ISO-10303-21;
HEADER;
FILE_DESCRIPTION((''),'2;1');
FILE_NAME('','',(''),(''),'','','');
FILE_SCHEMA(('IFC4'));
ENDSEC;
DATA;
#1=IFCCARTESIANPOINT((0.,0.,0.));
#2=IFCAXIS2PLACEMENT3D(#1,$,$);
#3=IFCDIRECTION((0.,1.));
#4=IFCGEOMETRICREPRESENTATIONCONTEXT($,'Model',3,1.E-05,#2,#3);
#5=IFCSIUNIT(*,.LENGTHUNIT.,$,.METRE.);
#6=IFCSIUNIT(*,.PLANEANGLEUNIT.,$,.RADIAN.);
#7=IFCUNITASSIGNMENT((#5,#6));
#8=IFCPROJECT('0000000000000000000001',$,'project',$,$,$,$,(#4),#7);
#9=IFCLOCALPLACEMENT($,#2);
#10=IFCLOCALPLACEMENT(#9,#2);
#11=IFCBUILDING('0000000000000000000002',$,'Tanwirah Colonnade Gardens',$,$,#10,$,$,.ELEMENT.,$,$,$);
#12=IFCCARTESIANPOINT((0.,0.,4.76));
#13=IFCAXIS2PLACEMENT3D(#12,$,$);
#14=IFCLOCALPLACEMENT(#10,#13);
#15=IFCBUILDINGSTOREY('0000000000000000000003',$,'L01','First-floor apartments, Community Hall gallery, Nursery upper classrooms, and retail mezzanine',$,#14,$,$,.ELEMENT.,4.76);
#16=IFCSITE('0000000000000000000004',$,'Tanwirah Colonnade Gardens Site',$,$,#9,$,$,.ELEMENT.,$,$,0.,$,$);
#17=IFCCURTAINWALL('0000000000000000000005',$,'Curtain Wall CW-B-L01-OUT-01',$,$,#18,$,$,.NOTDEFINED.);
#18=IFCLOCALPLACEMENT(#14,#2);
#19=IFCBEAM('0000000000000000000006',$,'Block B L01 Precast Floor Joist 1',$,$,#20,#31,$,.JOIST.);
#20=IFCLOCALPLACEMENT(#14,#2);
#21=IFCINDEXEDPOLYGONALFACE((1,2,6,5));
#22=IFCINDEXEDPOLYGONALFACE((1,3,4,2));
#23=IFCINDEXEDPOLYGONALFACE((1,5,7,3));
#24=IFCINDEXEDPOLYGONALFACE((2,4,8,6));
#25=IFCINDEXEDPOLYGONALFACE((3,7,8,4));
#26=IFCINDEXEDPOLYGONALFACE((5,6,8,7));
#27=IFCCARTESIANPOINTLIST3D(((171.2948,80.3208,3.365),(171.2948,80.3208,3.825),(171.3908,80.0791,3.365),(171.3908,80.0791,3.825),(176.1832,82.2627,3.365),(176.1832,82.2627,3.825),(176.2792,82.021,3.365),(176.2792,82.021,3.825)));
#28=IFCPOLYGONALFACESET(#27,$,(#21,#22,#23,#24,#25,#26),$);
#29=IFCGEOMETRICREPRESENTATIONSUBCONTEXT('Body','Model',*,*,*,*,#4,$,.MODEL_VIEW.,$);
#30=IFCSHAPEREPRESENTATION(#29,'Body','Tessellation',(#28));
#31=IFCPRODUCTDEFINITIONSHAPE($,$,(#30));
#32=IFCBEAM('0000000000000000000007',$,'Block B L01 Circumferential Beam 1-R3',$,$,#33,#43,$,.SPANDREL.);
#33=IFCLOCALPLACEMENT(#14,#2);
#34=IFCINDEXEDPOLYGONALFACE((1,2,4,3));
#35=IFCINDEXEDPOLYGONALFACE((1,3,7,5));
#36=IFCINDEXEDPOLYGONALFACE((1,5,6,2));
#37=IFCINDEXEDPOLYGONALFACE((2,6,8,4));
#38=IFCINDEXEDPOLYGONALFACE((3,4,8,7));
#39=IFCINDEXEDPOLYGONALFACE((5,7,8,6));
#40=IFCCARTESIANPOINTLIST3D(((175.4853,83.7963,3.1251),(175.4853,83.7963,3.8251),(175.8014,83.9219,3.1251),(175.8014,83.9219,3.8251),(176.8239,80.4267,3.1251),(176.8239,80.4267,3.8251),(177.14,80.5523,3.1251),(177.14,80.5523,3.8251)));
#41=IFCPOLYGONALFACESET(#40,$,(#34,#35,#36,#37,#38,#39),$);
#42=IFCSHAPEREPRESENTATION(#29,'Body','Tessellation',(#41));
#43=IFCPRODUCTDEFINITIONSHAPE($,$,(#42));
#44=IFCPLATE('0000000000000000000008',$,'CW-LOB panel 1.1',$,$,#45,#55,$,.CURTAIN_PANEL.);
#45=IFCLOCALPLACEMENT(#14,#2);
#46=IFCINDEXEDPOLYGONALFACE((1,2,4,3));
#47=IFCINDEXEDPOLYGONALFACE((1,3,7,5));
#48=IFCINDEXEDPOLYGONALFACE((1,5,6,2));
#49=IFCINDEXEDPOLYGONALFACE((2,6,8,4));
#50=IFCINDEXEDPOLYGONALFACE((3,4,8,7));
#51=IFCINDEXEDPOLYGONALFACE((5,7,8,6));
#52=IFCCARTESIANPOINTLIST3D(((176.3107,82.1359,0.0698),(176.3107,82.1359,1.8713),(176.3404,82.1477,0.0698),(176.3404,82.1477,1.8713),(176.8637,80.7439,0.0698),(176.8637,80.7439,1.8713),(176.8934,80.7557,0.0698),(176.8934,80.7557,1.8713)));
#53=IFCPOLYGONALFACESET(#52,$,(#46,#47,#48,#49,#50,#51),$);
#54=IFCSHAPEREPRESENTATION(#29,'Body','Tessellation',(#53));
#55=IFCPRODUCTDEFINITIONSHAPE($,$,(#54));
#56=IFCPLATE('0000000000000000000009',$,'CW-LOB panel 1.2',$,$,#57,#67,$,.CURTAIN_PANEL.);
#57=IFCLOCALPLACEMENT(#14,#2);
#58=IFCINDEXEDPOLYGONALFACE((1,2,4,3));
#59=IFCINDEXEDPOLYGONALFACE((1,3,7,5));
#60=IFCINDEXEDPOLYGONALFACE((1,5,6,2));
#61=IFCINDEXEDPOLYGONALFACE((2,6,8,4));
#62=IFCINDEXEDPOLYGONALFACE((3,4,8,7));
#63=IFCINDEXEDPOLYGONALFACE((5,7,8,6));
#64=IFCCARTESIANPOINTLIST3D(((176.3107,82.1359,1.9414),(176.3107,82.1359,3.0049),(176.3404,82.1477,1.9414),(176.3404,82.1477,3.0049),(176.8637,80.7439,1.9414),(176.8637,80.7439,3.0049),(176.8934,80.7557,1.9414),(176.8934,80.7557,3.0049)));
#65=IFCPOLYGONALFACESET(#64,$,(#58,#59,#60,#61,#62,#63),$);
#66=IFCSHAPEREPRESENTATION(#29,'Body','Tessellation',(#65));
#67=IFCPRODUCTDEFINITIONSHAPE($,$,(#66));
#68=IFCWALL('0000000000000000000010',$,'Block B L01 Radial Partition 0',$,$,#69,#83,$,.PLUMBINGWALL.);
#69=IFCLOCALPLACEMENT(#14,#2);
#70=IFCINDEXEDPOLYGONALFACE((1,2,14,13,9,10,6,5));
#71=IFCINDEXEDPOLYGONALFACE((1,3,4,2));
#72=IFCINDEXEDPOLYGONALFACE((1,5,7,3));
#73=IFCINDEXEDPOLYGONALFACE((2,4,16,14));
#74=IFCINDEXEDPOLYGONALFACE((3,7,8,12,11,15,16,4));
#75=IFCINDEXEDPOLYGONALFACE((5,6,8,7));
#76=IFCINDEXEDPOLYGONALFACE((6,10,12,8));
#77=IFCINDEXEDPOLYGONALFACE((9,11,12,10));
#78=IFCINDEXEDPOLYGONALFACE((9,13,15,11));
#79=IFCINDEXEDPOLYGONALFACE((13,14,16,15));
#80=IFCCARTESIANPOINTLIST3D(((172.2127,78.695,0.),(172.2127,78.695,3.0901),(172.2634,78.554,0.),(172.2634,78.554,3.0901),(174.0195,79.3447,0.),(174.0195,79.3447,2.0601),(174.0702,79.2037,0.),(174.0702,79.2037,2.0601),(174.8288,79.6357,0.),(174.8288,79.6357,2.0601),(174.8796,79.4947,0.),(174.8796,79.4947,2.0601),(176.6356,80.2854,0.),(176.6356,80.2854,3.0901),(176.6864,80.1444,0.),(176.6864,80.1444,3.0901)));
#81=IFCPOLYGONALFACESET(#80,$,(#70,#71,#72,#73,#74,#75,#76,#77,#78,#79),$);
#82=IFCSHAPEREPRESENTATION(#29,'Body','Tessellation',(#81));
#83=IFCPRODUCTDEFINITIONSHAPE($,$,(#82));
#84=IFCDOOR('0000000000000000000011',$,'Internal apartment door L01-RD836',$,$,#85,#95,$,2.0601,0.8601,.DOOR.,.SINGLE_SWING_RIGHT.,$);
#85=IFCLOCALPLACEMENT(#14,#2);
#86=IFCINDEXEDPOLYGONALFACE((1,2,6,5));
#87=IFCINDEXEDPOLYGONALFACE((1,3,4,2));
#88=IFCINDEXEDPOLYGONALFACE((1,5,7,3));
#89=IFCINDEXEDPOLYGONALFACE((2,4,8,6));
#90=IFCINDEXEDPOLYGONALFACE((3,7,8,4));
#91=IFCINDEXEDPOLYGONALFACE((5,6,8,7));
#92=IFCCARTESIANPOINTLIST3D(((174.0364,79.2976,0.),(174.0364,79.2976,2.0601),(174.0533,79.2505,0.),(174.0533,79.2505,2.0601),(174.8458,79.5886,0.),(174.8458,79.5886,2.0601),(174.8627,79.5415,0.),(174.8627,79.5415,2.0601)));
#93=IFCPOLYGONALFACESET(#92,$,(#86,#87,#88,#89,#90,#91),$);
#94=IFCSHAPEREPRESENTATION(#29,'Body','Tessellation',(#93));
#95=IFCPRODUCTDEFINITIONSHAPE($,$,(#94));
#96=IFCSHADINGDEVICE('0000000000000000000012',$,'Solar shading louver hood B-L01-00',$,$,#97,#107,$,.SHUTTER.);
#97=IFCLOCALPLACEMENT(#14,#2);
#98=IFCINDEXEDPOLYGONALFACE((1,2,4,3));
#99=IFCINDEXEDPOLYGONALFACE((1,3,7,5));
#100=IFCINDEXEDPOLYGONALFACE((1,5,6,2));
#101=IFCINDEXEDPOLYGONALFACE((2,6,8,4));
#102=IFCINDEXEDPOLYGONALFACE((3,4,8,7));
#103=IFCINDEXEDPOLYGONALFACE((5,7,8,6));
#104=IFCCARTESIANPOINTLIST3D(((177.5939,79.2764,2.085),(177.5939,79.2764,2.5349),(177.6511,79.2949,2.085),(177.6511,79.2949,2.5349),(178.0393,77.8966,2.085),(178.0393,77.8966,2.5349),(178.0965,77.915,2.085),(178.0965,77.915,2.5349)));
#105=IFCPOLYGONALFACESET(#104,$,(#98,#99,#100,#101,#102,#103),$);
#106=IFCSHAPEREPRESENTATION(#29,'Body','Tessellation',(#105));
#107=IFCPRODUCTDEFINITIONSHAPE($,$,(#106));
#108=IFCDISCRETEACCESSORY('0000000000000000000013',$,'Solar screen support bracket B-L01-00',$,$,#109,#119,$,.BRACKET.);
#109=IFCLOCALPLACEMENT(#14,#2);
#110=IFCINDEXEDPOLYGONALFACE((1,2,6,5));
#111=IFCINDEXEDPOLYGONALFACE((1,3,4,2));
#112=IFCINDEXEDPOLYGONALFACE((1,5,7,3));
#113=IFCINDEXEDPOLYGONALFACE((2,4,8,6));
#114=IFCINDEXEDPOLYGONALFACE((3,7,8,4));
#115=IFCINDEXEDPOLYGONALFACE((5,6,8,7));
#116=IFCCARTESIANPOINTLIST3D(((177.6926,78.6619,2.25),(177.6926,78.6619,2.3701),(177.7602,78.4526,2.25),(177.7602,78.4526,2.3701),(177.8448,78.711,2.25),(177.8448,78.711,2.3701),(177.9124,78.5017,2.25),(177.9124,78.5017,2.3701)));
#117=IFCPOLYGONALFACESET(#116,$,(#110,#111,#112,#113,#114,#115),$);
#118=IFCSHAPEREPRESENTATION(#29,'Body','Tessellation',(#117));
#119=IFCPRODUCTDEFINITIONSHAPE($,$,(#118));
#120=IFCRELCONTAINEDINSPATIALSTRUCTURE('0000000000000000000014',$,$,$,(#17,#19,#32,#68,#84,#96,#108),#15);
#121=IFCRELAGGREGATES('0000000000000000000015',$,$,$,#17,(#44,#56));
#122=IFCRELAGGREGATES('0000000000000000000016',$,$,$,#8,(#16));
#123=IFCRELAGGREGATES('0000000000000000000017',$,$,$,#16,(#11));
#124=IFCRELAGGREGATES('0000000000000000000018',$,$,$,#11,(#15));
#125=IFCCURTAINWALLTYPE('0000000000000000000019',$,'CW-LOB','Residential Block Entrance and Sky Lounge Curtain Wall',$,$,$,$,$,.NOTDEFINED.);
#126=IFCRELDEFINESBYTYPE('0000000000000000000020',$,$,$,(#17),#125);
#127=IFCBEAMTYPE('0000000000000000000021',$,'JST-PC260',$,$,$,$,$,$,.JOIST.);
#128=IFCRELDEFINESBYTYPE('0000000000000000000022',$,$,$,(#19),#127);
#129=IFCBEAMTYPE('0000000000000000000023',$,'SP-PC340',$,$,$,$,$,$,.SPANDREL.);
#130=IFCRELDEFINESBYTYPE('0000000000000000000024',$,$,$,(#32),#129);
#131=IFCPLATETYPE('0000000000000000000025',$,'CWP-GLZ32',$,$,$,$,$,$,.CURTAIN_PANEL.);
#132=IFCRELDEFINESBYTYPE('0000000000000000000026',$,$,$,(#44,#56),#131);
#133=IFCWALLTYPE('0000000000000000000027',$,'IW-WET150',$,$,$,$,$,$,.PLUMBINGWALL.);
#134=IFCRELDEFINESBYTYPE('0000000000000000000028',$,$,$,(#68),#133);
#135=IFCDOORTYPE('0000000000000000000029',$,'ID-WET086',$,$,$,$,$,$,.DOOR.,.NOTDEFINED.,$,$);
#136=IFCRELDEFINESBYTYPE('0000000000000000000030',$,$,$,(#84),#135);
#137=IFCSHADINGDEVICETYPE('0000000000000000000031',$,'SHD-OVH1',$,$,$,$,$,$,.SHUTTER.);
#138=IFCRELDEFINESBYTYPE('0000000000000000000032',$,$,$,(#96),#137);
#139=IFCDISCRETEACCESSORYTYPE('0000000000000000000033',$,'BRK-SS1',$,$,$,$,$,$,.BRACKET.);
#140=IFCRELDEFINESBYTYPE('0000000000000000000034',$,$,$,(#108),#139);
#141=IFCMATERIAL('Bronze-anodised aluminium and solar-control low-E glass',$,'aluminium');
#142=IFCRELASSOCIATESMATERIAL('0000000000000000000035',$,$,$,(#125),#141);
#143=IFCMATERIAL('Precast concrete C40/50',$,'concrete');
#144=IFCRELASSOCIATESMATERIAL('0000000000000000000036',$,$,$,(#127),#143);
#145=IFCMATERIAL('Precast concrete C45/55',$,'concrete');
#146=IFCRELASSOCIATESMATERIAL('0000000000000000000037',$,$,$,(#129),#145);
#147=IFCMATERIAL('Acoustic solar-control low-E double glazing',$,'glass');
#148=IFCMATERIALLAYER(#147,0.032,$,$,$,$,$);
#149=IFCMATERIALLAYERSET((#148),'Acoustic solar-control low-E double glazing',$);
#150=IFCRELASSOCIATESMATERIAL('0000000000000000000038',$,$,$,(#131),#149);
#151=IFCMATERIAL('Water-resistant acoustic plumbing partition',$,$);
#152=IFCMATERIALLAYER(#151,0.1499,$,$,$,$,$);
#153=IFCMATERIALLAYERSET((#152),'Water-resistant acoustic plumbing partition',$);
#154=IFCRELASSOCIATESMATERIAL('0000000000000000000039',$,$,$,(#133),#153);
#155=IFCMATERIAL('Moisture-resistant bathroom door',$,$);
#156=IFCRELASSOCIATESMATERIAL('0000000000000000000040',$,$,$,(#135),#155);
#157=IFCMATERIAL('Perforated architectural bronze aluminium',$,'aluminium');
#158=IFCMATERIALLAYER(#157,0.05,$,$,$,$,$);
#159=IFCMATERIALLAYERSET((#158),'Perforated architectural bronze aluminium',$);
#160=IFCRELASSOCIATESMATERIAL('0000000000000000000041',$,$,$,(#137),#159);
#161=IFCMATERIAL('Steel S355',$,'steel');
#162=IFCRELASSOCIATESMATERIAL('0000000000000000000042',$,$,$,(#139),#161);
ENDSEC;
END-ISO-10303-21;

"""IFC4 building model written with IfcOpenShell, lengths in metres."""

from ifc_helpers import new_model, si_unit, direction, frame, frame_2d, origin, origin_2d, place, context, subcontext, project, spatial, rectangle, extrude, material, layer, layer_set, material_profile, profile_set, type_object, element, fill, aggregate, save


model = new_model("IFC4")

# Units and contexts
model_context = context("Model", 3, precision=1e-05, world=origin(), true_north=direction((0.0, 1.0)))
body_context = subcontext(model_context, "Body", "Model", "MODEL_VIEW")
ifc_project = project(units=[si_unit("LENGTHUNIT", "METRE"), si_unit("PLANEANGLEUNIT", "RADIAN")], contexts=[model_context])

# Site, building, storey
site_placement = place(None, origin())
site = spatial("IfcSite", under=ifc_project, at=site_placement, Name="Tanwirah Colonnade Gardens Site", CompositionType="ELEMENT", RefElevation=0.0)
building_placement = place(site_placement, origin())
building = spatial("IfcBuilding", under=site, at=building_placement, Name="Tanwirah Colonnade Gardens", CompositionType="ELEMENT")
storey_placement = place(building_placement, frame((0.0, 0.0, 4.76)))
storey = spatial("IfcBuildingStorey", under=building, at=storey_placement, Name="L01", Description="First-floor apartments, Community Hall gallery, Nursery upper classrooms, and retail mezzanine", CompositionType="ELEMENT", Elevation=4.76)

# Shared definitions
ifc_material_1 = material(Name="Precast concrete C45/55", Category="concrete")

# Shared definitions
ifc_material_2 = material(Name="Precast concrete C40/50", Category="concrete")

# Curtain wall
ifc_material_3 = material(Name="Bronze-anodised aluminium and solar-control low-E glass", Category="aluminium")
curtain_wall_type = type_object("IfcCurtainWallType", Name="CW-LOB", Description="Residential Block Entrance and Sky Lounge Curtain Wall", PredefinedType="NOTDEFINED", material=ifc_material_3)
curtain_wall_placement = place(storey_placement, origin())
curtain_wall = element("IfcCurtainWall", 1, at=curtain_wall_placement, inside=storey, type_object=curtain_wall_type, Name="Curtain Wall CW-B-L01-OUT-01", PredefinedType="NOTDEFINED")

# Beams
ifc_material_profile_1 = material_profile(ifc_material_2, rectangle(XDim=0.26, YDim=0.46, at=origin_2d()), Name="PC-JST 260x460")
ifc_profile_set_1 = profile_set([ifc_material_profile_1], Name="Precast concrete C40/50")
beam_type_1 = type_object("IfcBeamType", Name="JST-PC260", PredefinedType="JOIST", material=ifc_profile_set_1)
beam_1_placement = place(storey_placement, frame((171.3428, 80.2, 3.595), z_axis=(0.929358, 0.369181, 0.0), x_axis=(-0.369181, 0.929358, 0.0)))
element("IfcBeam", 2, at=beam_1_placement, inside=storey, type_object=beam_type_1, Name="Block B L01 Precast Floor Joist 1", PredefinedType="JOIST", context=body_context, shape_type="SweptSolid", body=[
    extrude(rectangle(XDim=0.26, YDim=0.46, at=origin_2d()), origin(), (0.0, 0.0, 1.0), 5.26),
])
ifc_material_profile_2 = material_profile(ifc_material_1, rectangle(XDim=0.3401, YDim=0.7, at=origin_2d()), Name="PC-SP 340x700")
ifc_profile_set_2 = profile_set([ifc_material_profile_2], Name="Precast concrete C45/55")
beam_type_2 = type_object("IfcBeamType", Name="SP-PC340", PredefinedType="SPANDREL", material=ifc_profile_set_2)
beam_2_placement = place(storey_placement, frame((176.9819, 80.4895, 3.4751), z_axis=(-0.369195, 0.929352, 0.0), x_axis=(-0.929352, -0.369195, 0.0)))
element("IfcBeam", 3, at=beam_2_placement, inside=storey, type_object=beam_type_2, Name="Block B L01 Circumferential Beam 1-R3", PredefinedType="SPANDREL", context=body_context, shape_type="SweptSolid", body=[
    extrude(rectangle(XDim=0.3401, YDim=0.7, at=origin_2d()), origin(), (0.0, 0.0, 1.0), 3.6257),
])

# Plates
ifc_material_4 = material(Name="Acoustic solar-control low-E double glazing", Category="glass")
ifc_layer_1 = layer(ifc_material_4, 0.032)
ifc_layer_set_1 = layer_set([ifc_layer_1], Name="Acoustic solar-control low-E double glazing")
plate_type = type_object("IfcPlateType", Name="CWP-GLZ32", PredefinedType="CURTAIN_PANEL", material=ifc_layer_set_1)
plate_1_placement = place(storey_placement, frame((176.6021, 81.4458, 0.0698), z_axis=(0.0, 0.0, 1.0), x_axis=(-0.369206, 0.929348, 0.0)))
plate_1 = element("IfcPlate", 4, at=plate_1_placement, type_object=plate_type, Name="CW-LOB panel 1.1", PredefinedType="CURTAIN_PANEL", context=body_context, shape_type="SweptSolid", body=[
    extrude(rectangle(XDim=1.4978, YDim=0.032, at=origin_2d()), origin(), (0.0, 0.0, 1.0), 1.8015),
])
plate_2_placement = place(storey_placement, frame((176.6021, 81.4458, 1.9414), z_axis=(0.0, 0.0, 1.0), x_axis=(-0.369206, 0.929348, 0.0)))
plate_2 = element("IfcPlate", 5, at=plate_2_placement, type_object=plate_type, Name="CW-LOB panel 1.2", PredefinedType="CURTAIN_PANEL", context=body_context, shape_type="SweptSolid", body=[
    extrude(rectangle(XDim=1.4978, YDim=0.032, at=origin_2d()), origin(), (0.0, 0.0, 1.0), 1.0635),
])
aggregate(curtain_wall, [plate_1, plate_2])

# Wall, opening, door
ifc_material_5 = material(Name="Water-resistant acoustic plumbing partition")
ifc_layer_2 = layer(ifc_material_5, 0.1499)
ifc_layer_set_2 = layer_set([ifc_layer_2], Name="Water-resistant acoustic plumbing partition")
wall_type_1 = type_object("IfcWallType", Name="IW-WET150", PredefinedType="PLUMBINGWALL", material=ifc_layer_set_2)
wall_1_placement = place(storey_placement, frame((172.238, 78.6245, 0.0), z_axis=(0.0, 0.0, 1.0), x_axis=(0.941016, 0.338363, 0.0)))
wall_1 = element("IfcWall", 6, at=wall_1_placement, inside=storey, type_object=wall_type_1, Name="Block B L01 Radial Partition 0", PredefinedType="PLUMBINGWALL", context=body_context, shape_type="SweptSolid", body=[
    extrude(rectangle(XDim=4.7002, YDim=0.1499, at=frame_2d((2.3501, 0.0))), origin(), (0.0, 0.0, 1.0), 3.0901),
])
opening_1_placement = place(wall_1_placement, frame((1.9199, 0.0, 0.0)))
opening_1 = element("IfcOpeningElement", 7, at=opening_1_placement, cuts=wall_1, PredefinedType="OPENING", context=body_context, shape_type="SweptSolid", body=[
    extrude(rectangle(XDim=0.8601, YDim=2.0601, at=frame_2d((0.4302, 1.03))), frame((0.0, 0.085, 0.0), z_axis=(0.0, -1.0, 0.0), x_axis=(1.0, 0.0, 0.0)), (0.0, 0.0, 1.0), 0.1699),
])
ifc_material_6 = material(Name="Moisture-resistant bathroom door")
door_type_1 = type_object("IfcDoorType", Name="ID-WET086", OperationType="NOTDEFINED", PredefinedType="DOOR", material=ifc_material_6)
door_1_placement = place(opening_1_placement, origin())
door_1 = element("IfcDoor", 8, at=door_1_placement, inside=storey, type_object=door_type_1, Name="Internal apartment door L01-RD836", OperationType="SINGLE_SWING_RIGHT", OverallHeight=2.0601, OverallWidth=0.8601, PredefinedType="DOOR", context=body_context, shape_type="SweptSolid", body=[
    extrude(rectangle(XDim=0.8601, YDim=2.0601, at=frame_2d((0.4302, 1.03))), frame((0.0, 0.0249, 0.0), z_axis=(0.0, -1.0, 0.0), x_axis=(1.0, 0.0, 0.0)), (0.0, 0.0, 1.0), 0.05),
])
fill(opening_1, door_1)

# Shading device
ifc_material_7 = material(Name="Perforated architectural bronze aluminium", Category="aluminium")
ifc_layer_3 = layer(ifc_material_7, 0.05)
ifc_layer_set_3 = layer_set([ifc_layer_3], Name="Perforated architectural bronze aluminium")
shading_device_type = type_object("IfcShadingDeviceType", Name="SHD-OVH1", PredefinedType="SHUTTER", material=ifc_layer_set_3)
shading_device_placement = place(storey_placement, frame((177.8452, 78.5957, 2.085), z_axis=(0.0, 0.0, 1.0), x_axis=(-0.307173, 0.951654, 0.0)))
element("IfcShadingDevice", 9, at=shading_device_placement, inside=storey, type_object=shading_device_type, Name="Solar shading louver hood B-L01-00", PredefinedType="SHUTTER", context=body_context, shape_type="SweptSolid", body=[
    extrude(rectangle(XDim=1.45, YDim=0.0601, at=origin_2d()), origin(), (0.0, 0.0, 1.0), 0.45),
])

# Discrete accessory
ifc_material_8 = material(Name="Steel S355", Category="steel")
discrete_accessory_type = type_object("IfcDiscreteAccessoryType", Name="BRK-SS1", PredefinedType="BRACKET", material=ifc_material_8)
discrete_accessory_placement = place(storey_placement, frame((177.8025, 78.5818, 2.25), z_axis=(0.0, 0.0, 1.0), x_axis=(-0.307173, 0.951654, 0.0)))
element("IfcDiscreteAccessory", 10, at=discrete_accessory_placement, inside=storey, type_object=discrete_accessory_type, Name="Solar screen support bracket B-L01-00", PredefinedType="BRACKET", context=body_context, shape_type="SweptSolid", body=[
    extrude(rectangle(XDim=0.22, YDim=0.1599, at=origin_2d()), origin(), (0.0, 0.0, 1.0), 0.1201),
])

save(model, "model.ifc")
